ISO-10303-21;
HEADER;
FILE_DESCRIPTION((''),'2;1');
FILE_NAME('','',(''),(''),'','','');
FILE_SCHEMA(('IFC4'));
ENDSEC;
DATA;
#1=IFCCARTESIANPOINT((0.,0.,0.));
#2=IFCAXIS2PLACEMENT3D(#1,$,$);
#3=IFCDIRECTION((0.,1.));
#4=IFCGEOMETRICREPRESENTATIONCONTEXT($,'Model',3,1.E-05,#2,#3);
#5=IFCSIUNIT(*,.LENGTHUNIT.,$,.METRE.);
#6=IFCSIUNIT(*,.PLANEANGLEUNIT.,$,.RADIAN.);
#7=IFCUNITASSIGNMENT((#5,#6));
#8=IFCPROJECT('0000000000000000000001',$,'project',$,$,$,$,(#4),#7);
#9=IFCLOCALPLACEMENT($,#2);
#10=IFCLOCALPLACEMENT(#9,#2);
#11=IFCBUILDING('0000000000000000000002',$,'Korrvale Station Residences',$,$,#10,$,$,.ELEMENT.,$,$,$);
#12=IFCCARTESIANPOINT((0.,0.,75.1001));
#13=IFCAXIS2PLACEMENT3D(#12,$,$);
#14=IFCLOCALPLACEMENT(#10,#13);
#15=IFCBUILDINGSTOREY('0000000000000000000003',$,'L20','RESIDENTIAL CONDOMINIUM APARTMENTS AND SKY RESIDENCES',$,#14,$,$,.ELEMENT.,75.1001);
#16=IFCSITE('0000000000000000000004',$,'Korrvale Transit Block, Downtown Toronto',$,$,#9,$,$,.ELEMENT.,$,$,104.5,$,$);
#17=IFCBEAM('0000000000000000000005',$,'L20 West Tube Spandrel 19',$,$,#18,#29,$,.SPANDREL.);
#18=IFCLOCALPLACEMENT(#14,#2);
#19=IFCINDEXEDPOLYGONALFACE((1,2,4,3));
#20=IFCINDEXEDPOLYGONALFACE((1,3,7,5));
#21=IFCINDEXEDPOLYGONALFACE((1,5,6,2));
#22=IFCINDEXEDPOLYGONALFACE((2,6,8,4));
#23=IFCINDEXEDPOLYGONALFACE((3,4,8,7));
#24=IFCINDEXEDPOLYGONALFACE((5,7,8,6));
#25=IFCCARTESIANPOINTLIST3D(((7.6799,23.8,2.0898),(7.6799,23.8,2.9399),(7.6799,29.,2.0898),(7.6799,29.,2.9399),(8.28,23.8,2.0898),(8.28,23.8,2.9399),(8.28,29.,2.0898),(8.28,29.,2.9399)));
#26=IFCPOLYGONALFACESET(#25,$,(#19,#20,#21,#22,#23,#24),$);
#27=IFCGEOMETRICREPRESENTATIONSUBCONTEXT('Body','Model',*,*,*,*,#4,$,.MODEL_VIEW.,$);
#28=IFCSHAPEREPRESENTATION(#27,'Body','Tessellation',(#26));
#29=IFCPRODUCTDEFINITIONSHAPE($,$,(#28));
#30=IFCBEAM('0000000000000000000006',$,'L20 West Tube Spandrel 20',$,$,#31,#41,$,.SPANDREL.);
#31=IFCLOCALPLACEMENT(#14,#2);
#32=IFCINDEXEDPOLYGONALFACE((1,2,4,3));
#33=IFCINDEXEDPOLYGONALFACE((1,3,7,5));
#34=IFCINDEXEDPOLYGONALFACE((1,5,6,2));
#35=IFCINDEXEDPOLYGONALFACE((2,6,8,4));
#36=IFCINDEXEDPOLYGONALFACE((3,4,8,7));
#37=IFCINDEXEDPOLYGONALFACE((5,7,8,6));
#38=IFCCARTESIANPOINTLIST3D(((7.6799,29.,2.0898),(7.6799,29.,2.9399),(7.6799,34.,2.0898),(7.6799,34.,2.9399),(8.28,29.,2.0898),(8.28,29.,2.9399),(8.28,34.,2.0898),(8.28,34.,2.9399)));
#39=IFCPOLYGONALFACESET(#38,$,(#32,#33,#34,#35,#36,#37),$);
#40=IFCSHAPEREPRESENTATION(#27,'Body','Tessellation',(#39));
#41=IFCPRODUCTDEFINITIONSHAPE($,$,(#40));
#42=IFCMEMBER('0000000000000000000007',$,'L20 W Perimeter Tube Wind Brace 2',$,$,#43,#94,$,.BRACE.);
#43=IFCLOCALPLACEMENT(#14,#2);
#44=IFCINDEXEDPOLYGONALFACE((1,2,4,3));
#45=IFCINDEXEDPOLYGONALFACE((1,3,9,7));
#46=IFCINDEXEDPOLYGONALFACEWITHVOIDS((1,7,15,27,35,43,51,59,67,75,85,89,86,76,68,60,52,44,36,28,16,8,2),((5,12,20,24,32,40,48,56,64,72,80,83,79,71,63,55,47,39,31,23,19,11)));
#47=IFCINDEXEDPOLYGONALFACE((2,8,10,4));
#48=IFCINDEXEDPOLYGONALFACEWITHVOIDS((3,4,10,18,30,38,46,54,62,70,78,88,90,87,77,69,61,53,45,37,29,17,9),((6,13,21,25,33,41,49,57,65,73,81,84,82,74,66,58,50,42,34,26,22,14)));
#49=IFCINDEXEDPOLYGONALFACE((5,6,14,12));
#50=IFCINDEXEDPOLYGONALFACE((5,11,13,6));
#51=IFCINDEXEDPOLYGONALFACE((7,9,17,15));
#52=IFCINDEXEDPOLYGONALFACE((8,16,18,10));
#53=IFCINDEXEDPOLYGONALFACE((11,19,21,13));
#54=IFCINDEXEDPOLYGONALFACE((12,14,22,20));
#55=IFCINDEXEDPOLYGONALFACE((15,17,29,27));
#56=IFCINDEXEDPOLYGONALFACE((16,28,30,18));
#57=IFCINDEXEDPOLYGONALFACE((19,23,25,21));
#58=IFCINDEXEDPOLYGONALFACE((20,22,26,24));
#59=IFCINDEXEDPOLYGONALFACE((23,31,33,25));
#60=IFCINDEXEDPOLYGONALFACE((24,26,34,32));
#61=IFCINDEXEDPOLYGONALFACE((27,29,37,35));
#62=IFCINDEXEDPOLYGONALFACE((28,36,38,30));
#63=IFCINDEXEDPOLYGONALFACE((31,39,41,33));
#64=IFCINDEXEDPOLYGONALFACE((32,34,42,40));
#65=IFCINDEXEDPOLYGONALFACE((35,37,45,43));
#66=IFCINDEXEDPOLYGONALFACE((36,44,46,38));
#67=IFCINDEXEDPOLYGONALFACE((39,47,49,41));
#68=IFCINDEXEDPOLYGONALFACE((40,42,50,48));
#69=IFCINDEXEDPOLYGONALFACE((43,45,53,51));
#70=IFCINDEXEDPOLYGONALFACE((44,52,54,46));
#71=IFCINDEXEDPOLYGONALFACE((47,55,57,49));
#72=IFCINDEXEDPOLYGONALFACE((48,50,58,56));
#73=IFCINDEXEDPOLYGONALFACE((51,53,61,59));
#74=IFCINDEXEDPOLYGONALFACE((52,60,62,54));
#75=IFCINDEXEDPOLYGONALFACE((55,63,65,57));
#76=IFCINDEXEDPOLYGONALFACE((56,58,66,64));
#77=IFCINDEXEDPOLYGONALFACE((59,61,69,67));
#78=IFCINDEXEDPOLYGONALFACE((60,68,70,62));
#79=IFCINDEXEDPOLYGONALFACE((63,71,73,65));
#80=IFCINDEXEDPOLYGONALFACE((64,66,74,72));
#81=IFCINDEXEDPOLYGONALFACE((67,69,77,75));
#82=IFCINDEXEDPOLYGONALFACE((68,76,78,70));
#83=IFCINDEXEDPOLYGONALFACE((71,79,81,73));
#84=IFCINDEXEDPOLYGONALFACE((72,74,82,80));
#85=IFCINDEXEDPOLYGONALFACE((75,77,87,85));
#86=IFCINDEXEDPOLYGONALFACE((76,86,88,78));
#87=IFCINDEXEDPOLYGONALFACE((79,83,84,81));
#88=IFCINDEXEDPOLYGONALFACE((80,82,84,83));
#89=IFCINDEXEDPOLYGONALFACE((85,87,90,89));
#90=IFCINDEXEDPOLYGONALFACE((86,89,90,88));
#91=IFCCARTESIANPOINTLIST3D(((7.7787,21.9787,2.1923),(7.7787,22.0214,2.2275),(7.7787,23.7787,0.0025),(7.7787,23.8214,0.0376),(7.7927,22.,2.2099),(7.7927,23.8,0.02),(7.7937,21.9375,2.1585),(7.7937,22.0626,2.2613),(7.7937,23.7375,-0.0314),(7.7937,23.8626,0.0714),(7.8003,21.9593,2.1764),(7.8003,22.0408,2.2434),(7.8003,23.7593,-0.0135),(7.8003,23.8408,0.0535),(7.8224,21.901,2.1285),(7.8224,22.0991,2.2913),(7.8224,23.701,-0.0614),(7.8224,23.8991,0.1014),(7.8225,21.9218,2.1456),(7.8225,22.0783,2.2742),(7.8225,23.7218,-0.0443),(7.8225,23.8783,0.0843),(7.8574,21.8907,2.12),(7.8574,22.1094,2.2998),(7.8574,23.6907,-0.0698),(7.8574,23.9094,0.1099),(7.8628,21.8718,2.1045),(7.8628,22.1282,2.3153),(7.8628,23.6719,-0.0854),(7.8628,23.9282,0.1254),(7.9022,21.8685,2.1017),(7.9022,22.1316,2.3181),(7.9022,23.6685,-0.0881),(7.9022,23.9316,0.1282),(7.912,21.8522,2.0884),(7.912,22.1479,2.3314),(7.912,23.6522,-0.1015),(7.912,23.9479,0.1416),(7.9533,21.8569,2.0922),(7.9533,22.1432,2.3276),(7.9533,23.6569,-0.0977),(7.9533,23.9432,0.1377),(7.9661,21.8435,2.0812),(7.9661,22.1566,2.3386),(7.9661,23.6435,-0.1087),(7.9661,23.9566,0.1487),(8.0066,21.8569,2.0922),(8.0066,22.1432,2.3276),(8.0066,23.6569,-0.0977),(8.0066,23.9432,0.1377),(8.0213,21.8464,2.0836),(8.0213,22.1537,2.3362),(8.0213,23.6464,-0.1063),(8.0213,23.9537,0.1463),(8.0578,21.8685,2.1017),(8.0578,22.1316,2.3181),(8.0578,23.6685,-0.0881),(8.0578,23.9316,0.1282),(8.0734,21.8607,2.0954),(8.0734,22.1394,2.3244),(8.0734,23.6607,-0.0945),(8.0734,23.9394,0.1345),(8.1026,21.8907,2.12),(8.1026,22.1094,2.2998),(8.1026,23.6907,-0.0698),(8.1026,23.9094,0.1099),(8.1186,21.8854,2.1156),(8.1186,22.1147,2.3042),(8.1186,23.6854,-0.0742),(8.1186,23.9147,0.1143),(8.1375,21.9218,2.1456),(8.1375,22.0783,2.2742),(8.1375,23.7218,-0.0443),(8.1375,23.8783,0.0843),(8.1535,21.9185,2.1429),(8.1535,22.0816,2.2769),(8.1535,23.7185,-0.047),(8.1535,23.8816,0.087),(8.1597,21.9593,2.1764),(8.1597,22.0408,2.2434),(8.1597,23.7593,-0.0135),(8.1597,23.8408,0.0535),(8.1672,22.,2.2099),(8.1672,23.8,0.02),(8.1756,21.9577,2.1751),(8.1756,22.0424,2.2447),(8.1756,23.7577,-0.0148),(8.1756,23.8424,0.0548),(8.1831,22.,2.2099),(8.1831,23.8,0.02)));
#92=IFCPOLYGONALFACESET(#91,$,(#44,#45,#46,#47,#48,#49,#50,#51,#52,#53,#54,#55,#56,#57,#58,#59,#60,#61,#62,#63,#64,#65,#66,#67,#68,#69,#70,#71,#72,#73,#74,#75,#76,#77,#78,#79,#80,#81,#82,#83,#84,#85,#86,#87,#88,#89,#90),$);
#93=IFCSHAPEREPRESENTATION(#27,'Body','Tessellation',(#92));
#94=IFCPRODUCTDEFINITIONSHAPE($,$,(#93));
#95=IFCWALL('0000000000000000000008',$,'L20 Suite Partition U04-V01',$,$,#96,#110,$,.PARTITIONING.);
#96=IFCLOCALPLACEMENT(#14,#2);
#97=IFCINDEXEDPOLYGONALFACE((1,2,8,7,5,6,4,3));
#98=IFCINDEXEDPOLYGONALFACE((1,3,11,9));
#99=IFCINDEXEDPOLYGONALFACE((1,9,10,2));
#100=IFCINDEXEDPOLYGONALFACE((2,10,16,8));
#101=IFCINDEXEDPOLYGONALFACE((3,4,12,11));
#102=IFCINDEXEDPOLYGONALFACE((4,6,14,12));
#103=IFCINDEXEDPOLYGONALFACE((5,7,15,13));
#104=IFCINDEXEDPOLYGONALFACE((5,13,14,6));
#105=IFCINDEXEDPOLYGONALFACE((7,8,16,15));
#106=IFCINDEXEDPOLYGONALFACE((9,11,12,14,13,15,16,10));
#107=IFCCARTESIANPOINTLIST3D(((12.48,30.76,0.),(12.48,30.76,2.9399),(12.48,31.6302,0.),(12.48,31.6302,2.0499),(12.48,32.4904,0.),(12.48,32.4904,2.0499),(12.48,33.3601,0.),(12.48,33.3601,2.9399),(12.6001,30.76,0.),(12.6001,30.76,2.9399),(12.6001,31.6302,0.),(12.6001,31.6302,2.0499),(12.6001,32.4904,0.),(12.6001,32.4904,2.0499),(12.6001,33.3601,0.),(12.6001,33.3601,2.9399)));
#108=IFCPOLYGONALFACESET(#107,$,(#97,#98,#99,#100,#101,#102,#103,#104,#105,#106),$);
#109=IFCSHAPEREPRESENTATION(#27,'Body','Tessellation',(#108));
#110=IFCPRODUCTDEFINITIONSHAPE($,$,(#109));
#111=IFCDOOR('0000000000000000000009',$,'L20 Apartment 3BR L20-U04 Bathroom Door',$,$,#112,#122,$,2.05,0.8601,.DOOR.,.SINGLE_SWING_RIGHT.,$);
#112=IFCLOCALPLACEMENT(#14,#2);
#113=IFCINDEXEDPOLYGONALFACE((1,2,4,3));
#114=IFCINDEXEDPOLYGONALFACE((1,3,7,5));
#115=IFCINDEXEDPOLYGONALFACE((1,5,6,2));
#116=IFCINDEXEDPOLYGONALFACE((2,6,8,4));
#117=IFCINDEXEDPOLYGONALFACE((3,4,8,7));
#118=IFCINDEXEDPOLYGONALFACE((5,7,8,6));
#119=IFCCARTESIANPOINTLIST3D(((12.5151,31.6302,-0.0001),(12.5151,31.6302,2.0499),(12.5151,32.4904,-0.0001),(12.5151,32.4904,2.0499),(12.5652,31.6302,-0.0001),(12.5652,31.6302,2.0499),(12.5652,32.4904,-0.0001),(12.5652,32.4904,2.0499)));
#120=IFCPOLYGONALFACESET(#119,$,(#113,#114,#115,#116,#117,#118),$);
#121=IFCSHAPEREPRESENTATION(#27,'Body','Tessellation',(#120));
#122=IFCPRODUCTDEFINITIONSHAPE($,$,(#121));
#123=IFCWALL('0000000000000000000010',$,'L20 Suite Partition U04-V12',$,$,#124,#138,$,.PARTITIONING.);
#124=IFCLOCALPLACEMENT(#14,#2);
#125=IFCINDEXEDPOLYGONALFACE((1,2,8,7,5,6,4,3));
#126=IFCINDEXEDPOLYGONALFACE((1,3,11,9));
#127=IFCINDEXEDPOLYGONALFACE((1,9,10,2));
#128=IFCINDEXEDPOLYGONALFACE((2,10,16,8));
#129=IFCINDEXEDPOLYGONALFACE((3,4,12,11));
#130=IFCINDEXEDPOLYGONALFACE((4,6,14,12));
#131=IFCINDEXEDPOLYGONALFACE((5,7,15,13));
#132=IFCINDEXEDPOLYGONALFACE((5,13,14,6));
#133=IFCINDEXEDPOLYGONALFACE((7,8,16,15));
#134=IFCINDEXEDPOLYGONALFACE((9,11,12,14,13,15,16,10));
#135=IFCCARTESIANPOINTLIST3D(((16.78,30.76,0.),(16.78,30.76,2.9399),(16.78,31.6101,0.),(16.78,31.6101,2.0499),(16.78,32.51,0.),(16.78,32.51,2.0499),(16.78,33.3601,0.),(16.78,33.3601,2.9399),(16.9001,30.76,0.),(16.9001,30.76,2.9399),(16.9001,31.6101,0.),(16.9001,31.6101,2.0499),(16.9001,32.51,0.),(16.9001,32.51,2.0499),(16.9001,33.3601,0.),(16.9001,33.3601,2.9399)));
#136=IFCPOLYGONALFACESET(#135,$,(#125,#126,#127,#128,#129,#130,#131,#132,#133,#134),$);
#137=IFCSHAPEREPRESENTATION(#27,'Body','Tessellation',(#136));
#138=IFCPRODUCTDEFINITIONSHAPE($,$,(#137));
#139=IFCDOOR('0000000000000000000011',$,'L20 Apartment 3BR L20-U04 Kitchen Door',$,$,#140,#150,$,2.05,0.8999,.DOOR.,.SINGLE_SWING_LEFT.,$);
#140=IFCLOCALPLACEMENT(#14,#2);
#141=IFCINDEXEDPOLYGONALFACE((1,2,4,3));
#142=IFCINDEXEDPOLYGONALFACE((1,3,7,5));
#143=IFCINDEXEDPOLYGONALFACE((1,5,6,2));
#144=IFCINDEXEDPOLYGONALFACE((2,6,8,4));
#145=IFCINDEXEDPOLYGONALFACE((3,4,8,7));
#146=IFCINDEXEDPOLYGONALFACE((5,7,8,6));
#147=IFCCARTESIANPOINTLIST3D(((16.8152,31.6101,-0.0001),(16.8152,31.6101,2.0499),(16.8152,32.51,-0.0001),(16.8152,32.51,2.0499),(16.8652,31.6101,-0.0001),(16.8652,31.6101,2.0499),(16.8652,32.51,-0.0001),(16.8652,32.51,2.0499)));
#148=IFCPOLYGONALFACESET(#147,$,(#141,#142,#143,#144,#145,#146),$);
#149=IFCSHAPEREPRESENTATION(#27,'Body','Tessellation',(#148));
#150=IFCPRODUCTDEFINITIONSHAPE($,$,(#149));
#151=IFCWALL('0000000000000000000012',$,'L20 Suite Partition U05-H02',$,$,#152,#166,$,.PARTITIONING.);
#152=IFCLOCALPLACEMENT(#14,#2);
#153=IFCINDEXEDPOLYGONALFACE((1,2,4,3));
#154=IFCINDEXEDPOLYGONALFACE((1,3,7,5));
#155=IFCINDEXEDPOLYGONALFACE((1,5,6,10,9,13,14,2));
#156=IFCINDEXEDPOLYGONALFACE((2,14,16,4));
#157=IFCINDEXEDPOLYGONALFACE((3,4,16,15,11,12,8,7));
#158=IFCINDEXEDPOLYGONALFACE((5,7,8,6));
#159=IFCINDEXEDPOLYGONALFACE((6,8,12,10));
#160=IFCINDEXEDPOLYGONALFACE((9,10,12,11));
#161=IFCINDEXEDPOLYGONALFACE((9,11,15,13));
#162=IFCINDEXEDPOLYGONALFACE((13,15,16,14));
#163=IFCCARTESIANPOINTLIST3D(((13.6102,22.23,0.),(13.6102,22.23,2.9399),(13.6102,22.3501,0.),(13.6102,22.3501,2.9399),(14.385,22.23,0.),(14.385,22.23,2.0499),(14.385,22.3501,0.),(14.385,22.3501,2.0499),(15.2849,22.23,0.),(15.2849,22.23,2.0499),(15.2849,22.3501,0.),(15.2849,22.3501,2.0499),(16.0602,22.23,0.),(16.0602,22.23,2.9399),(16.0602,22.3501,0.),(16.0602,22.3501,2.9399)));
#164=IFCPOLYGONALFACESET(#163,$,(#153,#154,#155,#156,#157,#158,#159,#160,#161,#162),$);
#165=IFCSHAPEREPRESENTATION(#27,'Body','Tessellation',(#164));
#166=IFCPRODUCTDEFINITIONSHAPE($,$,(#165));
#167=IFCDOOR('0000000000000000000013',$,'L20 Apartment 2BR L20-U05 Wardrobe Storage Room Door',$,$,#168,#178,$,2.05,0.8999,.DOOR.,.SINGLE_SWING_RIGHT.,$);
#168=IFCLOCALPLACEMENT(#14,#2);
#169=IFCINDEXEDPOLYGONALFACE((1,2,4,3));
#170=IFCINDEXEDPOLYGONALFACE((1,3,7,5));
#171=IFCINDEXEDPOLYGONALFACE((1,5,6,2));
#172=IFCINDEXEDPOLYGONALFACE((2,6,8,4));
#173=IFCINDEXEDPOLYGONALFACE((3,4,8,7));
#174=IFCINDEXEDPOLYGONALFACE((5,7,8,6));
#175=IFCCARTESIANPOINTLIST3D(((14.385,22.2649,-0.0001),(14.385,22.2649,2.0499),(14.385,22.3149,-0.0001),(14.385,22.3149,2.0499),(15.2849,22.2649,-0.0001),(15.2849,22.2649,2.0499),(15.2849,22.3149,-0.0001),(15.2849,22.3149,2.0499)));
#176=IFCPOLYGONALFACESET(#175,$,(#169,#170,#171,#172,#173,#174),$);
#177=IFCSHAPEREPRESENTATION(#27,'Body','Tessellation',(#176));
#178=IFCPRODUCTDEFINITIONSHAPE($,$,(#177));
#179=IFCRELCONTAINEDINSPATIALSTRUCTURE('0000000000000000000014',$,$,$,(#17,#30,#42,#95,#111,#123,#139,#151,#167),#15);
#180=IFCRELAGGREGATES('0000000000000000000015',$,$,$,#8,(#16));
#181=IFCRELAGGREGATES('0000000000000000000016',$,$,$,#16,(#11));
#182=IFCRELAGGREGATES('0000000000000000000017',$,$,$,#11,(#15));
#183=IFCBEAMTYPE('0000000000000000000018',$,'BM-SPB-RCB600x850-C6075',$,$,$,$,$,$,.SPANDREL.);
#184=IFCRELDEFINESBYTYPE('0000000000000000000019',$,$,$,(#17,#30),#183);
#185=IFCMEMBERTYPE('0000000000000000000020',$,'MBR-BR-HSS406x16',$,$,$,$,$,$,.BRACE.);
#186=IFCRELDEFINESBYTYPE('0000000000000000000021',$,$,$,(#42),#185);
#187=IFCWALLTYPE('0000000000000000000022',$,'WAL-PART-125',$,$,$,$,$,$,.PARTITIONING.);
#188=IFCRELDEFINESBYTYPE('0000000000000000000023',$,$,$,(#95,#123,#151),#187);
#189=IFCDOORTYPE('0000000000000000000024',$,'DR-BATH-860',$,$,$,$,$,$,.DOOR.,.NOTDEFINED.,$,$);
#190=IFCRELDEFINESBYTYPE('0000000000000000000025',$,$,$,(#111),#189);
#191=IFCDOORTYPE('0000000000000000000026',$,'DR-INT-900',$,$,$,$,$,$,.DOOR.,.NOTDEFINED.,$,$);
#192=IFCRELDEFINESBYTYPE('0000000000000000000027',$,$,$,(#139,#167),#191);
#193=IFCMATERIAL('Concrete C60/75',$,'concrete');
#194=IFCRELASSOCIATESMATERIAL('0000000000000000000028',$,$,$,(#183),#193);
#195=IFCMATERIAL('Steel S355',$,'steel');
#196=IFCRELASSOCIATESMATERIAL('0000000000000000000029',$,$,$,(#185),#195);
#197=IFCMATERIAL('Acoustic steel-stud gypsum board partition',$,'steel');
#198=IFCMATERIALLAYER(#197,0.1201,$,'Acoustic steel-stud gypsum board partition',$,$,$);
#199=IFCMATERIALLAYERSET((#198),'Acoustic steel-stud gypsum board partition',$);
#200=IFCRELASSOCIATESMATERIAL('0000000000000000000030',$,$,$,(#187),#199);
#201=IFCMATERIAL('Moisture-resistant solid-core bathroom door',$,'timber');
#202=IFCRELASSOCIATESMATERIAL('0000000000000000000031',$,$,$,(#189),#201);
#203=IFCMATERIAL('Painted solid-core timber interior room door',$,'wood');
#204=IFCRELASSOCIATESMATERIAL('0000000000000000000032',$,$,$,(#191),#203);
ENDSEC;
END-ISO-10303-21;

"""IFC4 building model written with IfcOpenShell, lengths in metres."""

from ifc_helpers import new_model, si_unit, direction, frame, frame_2d, origin, origin_2d, place, context, subcontext, project, spatial, rectangle, hollow_circle, extrude, material, layer, layer_set, material_profile, profile_set, type_object, element, fill, save


model = new_model("IFC4")

# Units and contexts
model_context = context("Model", 3, precision=1e-05, world=origin(), true_north=direction((0.0, 1.0)))
body_context = subcontext(model_context, "Body", "Model", "MODEL_VIEW")
ifc_project = project(units=[si_unit("LENGTHUNIT", "METRE"), si_unit("PLANEANGLEUNIT", "RADIAN")], contexts=[model_context])

# Site, building, storey
site_placement = place(None, origin())
site = spatial("IfcSite", under=ifc_project, at=site_placement, Name="Korrvale Transit Block, Downtown Toronto", CompositionType="ELEMENT", RefElevation=104.5)
building_placement = place(site_placement, origin())
building = spatial("IfcBuilding", under=site, at=building_placement, Name="Korrvale Station Residences", CompositionType="ELEMENT")
storey_placement = place(building_placement, frame((0.0, 0.0, 75.1001)))
storey = spatial("IfcBuildingStorey", under=building, at=storey_placement, Name="L20", Description="RESIDENTIAL CONDOMINIUM APARTMENTS AND SKY RESIDENCES", CompositionType="ELEMENT", Elevation=75.1001)

# Shared definitions
ifc_material_1 = material(Name="Concrete C60/75", Category="concrete")

# Beams
ifc_material_2 = material(Name="Steel S355", Category="steel")
ifc_material_profile_1 = material_profile(ifc_material_1, rectangle(XDim=0.6001, YDim=0.8501, at=origin_2d()), Name="RCB600x850")
ifc_profile_set_1 = profile_set([ifc_material_profile_1], Name="Concrete C60/75")
beam_type_1 = type_object("IfcBeamType", Name="BM-SPB-RCB600x850-C6075", PredefinedType="SPANDREL", material=ifc_profile_set_1)
beam_1_placement = place(storey_placement, frame((7.98, 23.8, 2.5149), z_axis=(0.0, 1.0, 0.0), x_axis=(-1.0, 0.0, 0.0)))
element("IfcBeam", 1, at=beam_1_placement, inside=storey, type_object=beam_type_1, Name="L20 West Tube Spandrel 19", PredefinedType="SPANDREL", context=body_context, shape_type="SweptSolid", body=[
    extrude(rectangle(XDim=0.6001, YDim=0.8501, at=origin_2d()), origin(), (0.0, 0.0, 1.0), 5.2),
])
beam_2_placement = place(storey_placement, frame((7.98, 29.0, 2.5149), z_axis=(0.0, 1.0, 0.0), x_axis=(-1.0, 0.0, 0.0)))
element("IfcBeam", 2, at=beam_2_placement, inside=storey, type_object=beam_type_1, Name="L20 West Tube Spandrel 20", PredefinedType="SPANDREL", context=body_context, shape_type="SweptSolid", body=[
    extrude(rectangle(XDim=0.6001, YDim=0.8501, at=origin_2d()), origin(), (0.0, 0.0, 1.0), 5.0),
])

# Member
ifc_material_profile_2 = material_profile(ifc_material_2, hollow_circle(Radius=0.2031, WallThickness=0.0159, at=origin_2d()), Name="HSS406x16")
ifc_profile_set_2 = profile_set([ifc_material_profile_2], Name="Steel S355")
member_type = type_object("IfcMemberType", Name="MBR-BR-HSS406x16", PredefinedType="BRACE", material=ifc_profile_set_2)
member_placement = place(storey_placement, frame((7.98, 23.8, 0.02), z_axis=(0.0, -0.634985, 0.772524), x_axis=(1.0, 0.0, 0.0)))
element("IfcMember", 3, at=member_placement, inside=storey, type_object=member_type, Name="L20 W Perimeter Tube Wind Brace 2", PredefinedType="BRACE", context=body_context, shape_type="SweptSolid", body=[
    extrude(hollow_circle(Radius=0.2031, WallThickness=0.0159, at=origin_2d()), origin(), (0.0, 0.0, 1.0), 2.8347),
])

# Walls, openings, doors
ifc_material_3 = material(Name="Acoustic steel-stud gypsum board partition", Category="steel")
ifc_layer_1 = layer(ifc_material_3, 0.1201, Name="Acoustic steel-stud gypsum board partition")
ifc_layer_set_1 = layer_set([ifc_layer_1], Name="Acoustic steel-stud gypsum board partition")
wall_type_1 = type_object("IfcWallType", Name="WAL-PART-125", PredefinedType="PARTITIONING", material=ifc_layer_set_1)
wall_1_placement = place(storey_placement, frame((12.54, 30.76, 0.0), z_axis=(0.0, 0.0, 1.0), x_axis=(0.0, 1.0, 0.0)))
wall_1 = element("IfcWall", 4, at=wall_1_placement, inside=storey, type_object=wall_type_1, Name="L20 Suite Partition U04-V01", PredefinedType="PARTITIONING", context=body_context, shape_type="SweptSolid", body=[
    extrude(rectangle(XDim=2.6001, YDim=0.1201, at=frame_2d((1.3, 0.0))), origin(), (0.0, 0.0, 1.0), 2.9399),
])
opening_1_placement = place(wall_1_placement, frame((0.8701, 0.0, 0.0)))
opening_1 = element("IfcOpeningElement", 5, at=opening_1_placement, cuts=wall_1, PredefinedType="OPENING", context=body_context, shape_type="SweptSolid", body=[
    extrude(rectangle(XDim=0.8601, YDim=2.05, at=frame_2d((0.4302, 1.0249))), frame((0.0, 0.0701, 0.0), z_axis=(0.0, -1.0, 0.0), x_axis=(1.0, 0.0, 0.0)), (0.0, 0.0, 1.0), 0.1401),
])
ifc_material_4 = material(Name="Moisture-resistant solid-core bathroom door", Category="timber")
door_type_1 = type_object("IfcDoorType", Name="DR-BATH-860", OperationType="NOTDEFINED", PredefinedType="DOOR", material=ifc_material_4)
door_1_placement = place(opening_1_placement, origin())
door_1 = element("IfcDoor", 6, at=door_1_placement, inside=storey, type_object=door_type_1, Name="L20 Apartment 3BR L20-U04 Bathroom Door", OperationType="SINGLE_SWING_RIGHT", OverallHeight=2.05, OverallWidth=0.8601, PredefinedType="DOOR", context=body_context, shape_type="SweptSolid", body=[
    extrude(rectangle(XDim=0.8601, YDim=2.05, at=frame_2d((0.4302, 1.0249))), frame((0.0, 0.0249, 0.0), z_axis=(0.0, -1.0, 0.0), x_axis=(1.0, 0.0, 0.0)), (0.0, 0.0, 1.0), 0.05),
])
fill(opening_1, door_1)
wall_2_placement = place(storey_placement, frame((16.8401, 30.76, 0.0), z_axis=(0.0, 0.0, 1.0), x_axis=(0.0, 1.0, 0.0)))
wall_2 = element("IfcWall", 7, at=wall_2_placement, inside=storey, type_object=wall_type_1, Name="L20 Suite Partition U04-V12", PredefinedType="PARTITIONING", context=body_context, shape_type="SweptSolid", body=[
    extrude(rectangle(XDim=2.6001, YDim=0.1201, at=frame_2d((1.3, 0.0))), origin(), (0.0, 0.0, 1.0), 2.9399),
])
opening_2_placement = place(wall_2_placement, frame((0.8501, 0.0, 0.0)))
opening_2 = element("IfcOpeningElement", 8, at=opening_2_placement, cuts=wall_2, PredefinedType="OPENING", context=body_context, shape_type="SweptSolid", body=[
    extrude(rectangle(XDim=0.8999, YDim=2.05, at=frame_2d((0.45, 1.0249))), frame((0.0, 0.0701, 0.0), z_axis=(0.0, -1.0, 0.0), x_axis=(1.0, 0.0, 0.0)), (0.0, 0.0, 1.0), 0.1401),
])
ifc_material_5 = material(Name="Painted solid-core timber interior room door", Category="wood")
door_type_2 = type_object("IfcDoorType", Name="DR-INT-900", OperationType="NOTDEFINED", PredefinedType="DOOR", material=ifc_material_5)
door_2_placement = place(opening_2_placement, origin())
door_2 = element("IfcDoor", 9, at=door_2_placement, inside=storey, type_object=door_type_2, Name="L20 Apartment 3BR L20-U04 Kitchen Door", OperationType="SINGLE_SWING_LEFT", OverallHeight=2.05, OverallWidth=0.8999, PredefinedType="DOOR", context=body_context, shape_type="SweptSolid", body=[
    extrude(rectangle(XDim=0.8999, YDim=2.05, at=frame_2d((0.45, 1.0249))), frame((0.0, 0.0249, 0.0), z_axis=(0.0, -1.0, 0.0), x_axis=(1.0, 0.0, 0.0)), (0.0, 0.0, 1.0), 0.05),
])
fill(opening_2, door_2)
wall_3_placement = place(storey_placement, frame((13.6101, 22.29, 0.0), z_axis=(0.0, 0.0, 1.0), x_axis=(1.0, 0.0, 0.0)))
wall_3 = element("IfcWall", 10, at=wall_3_placement, inside=storey, type_object=wall_type_1, Name="L20 Suite Partition U05-H02", PredefinedType="PARTITIONING", context=body_context, shape_type="SweptSolid", body=[
    extrude(rectangle(XDim=2.45, YDim=0.1201, at=frame_2d((1.2251, 0.0))), origin(), (0.0, 0.0, 1.0), 2.9399),
])
opening_3_placement = place(wall_3_placement, frame((0.7749, 0.0, 0.0)))
opening_3 = element("IfcOpeningElement", 11, at=opening_3_placement, cuts=wall_3, PredefinedType="OPENING", context=body_context, shape_type="SweptSolid", body=[
    extrude(rectangle(XDim=0.8999, YDim=2.05, at=frame_2d((0.45, 1.0249))), frame((0.0, 0.0701, 0.0), z_axis=(0.0, -1.0, 0.0), x_axis=(1.0, 0.0, 0.0)), (0.0, 0.0, 1.0), 0.1401),
])
door_3_placement = place(opening_3_placement, origin())
door_3 = element("IfcDoor", 12, at=door_3_placement, inside=storey, type_object=door_type_2, Name="L20 Apartment 2BR L20-U05 Wardrobe Storage Room Door", OperationType="SINGLE_SWING_RIGHT", OverallHeight=2.05, OverallWidth=0.8999, PredefinedType="DOOR", context=body_context, shape_type="SweptSolid", body=[
    extrude(rectangle(XDim=0.8999, YDim=2.05, at=frame_2d((0.45, 1.0249))), frame((0.0, 0.0249, 0.0), z_axis=(0.0, -1.0, 0.0), x_axis=(1.0, 0.0, 0.0)), (0.0, 0.0, 1.0), 0.05),
])
fill(opening_3, door_3)

save(model, "model.ifc")
